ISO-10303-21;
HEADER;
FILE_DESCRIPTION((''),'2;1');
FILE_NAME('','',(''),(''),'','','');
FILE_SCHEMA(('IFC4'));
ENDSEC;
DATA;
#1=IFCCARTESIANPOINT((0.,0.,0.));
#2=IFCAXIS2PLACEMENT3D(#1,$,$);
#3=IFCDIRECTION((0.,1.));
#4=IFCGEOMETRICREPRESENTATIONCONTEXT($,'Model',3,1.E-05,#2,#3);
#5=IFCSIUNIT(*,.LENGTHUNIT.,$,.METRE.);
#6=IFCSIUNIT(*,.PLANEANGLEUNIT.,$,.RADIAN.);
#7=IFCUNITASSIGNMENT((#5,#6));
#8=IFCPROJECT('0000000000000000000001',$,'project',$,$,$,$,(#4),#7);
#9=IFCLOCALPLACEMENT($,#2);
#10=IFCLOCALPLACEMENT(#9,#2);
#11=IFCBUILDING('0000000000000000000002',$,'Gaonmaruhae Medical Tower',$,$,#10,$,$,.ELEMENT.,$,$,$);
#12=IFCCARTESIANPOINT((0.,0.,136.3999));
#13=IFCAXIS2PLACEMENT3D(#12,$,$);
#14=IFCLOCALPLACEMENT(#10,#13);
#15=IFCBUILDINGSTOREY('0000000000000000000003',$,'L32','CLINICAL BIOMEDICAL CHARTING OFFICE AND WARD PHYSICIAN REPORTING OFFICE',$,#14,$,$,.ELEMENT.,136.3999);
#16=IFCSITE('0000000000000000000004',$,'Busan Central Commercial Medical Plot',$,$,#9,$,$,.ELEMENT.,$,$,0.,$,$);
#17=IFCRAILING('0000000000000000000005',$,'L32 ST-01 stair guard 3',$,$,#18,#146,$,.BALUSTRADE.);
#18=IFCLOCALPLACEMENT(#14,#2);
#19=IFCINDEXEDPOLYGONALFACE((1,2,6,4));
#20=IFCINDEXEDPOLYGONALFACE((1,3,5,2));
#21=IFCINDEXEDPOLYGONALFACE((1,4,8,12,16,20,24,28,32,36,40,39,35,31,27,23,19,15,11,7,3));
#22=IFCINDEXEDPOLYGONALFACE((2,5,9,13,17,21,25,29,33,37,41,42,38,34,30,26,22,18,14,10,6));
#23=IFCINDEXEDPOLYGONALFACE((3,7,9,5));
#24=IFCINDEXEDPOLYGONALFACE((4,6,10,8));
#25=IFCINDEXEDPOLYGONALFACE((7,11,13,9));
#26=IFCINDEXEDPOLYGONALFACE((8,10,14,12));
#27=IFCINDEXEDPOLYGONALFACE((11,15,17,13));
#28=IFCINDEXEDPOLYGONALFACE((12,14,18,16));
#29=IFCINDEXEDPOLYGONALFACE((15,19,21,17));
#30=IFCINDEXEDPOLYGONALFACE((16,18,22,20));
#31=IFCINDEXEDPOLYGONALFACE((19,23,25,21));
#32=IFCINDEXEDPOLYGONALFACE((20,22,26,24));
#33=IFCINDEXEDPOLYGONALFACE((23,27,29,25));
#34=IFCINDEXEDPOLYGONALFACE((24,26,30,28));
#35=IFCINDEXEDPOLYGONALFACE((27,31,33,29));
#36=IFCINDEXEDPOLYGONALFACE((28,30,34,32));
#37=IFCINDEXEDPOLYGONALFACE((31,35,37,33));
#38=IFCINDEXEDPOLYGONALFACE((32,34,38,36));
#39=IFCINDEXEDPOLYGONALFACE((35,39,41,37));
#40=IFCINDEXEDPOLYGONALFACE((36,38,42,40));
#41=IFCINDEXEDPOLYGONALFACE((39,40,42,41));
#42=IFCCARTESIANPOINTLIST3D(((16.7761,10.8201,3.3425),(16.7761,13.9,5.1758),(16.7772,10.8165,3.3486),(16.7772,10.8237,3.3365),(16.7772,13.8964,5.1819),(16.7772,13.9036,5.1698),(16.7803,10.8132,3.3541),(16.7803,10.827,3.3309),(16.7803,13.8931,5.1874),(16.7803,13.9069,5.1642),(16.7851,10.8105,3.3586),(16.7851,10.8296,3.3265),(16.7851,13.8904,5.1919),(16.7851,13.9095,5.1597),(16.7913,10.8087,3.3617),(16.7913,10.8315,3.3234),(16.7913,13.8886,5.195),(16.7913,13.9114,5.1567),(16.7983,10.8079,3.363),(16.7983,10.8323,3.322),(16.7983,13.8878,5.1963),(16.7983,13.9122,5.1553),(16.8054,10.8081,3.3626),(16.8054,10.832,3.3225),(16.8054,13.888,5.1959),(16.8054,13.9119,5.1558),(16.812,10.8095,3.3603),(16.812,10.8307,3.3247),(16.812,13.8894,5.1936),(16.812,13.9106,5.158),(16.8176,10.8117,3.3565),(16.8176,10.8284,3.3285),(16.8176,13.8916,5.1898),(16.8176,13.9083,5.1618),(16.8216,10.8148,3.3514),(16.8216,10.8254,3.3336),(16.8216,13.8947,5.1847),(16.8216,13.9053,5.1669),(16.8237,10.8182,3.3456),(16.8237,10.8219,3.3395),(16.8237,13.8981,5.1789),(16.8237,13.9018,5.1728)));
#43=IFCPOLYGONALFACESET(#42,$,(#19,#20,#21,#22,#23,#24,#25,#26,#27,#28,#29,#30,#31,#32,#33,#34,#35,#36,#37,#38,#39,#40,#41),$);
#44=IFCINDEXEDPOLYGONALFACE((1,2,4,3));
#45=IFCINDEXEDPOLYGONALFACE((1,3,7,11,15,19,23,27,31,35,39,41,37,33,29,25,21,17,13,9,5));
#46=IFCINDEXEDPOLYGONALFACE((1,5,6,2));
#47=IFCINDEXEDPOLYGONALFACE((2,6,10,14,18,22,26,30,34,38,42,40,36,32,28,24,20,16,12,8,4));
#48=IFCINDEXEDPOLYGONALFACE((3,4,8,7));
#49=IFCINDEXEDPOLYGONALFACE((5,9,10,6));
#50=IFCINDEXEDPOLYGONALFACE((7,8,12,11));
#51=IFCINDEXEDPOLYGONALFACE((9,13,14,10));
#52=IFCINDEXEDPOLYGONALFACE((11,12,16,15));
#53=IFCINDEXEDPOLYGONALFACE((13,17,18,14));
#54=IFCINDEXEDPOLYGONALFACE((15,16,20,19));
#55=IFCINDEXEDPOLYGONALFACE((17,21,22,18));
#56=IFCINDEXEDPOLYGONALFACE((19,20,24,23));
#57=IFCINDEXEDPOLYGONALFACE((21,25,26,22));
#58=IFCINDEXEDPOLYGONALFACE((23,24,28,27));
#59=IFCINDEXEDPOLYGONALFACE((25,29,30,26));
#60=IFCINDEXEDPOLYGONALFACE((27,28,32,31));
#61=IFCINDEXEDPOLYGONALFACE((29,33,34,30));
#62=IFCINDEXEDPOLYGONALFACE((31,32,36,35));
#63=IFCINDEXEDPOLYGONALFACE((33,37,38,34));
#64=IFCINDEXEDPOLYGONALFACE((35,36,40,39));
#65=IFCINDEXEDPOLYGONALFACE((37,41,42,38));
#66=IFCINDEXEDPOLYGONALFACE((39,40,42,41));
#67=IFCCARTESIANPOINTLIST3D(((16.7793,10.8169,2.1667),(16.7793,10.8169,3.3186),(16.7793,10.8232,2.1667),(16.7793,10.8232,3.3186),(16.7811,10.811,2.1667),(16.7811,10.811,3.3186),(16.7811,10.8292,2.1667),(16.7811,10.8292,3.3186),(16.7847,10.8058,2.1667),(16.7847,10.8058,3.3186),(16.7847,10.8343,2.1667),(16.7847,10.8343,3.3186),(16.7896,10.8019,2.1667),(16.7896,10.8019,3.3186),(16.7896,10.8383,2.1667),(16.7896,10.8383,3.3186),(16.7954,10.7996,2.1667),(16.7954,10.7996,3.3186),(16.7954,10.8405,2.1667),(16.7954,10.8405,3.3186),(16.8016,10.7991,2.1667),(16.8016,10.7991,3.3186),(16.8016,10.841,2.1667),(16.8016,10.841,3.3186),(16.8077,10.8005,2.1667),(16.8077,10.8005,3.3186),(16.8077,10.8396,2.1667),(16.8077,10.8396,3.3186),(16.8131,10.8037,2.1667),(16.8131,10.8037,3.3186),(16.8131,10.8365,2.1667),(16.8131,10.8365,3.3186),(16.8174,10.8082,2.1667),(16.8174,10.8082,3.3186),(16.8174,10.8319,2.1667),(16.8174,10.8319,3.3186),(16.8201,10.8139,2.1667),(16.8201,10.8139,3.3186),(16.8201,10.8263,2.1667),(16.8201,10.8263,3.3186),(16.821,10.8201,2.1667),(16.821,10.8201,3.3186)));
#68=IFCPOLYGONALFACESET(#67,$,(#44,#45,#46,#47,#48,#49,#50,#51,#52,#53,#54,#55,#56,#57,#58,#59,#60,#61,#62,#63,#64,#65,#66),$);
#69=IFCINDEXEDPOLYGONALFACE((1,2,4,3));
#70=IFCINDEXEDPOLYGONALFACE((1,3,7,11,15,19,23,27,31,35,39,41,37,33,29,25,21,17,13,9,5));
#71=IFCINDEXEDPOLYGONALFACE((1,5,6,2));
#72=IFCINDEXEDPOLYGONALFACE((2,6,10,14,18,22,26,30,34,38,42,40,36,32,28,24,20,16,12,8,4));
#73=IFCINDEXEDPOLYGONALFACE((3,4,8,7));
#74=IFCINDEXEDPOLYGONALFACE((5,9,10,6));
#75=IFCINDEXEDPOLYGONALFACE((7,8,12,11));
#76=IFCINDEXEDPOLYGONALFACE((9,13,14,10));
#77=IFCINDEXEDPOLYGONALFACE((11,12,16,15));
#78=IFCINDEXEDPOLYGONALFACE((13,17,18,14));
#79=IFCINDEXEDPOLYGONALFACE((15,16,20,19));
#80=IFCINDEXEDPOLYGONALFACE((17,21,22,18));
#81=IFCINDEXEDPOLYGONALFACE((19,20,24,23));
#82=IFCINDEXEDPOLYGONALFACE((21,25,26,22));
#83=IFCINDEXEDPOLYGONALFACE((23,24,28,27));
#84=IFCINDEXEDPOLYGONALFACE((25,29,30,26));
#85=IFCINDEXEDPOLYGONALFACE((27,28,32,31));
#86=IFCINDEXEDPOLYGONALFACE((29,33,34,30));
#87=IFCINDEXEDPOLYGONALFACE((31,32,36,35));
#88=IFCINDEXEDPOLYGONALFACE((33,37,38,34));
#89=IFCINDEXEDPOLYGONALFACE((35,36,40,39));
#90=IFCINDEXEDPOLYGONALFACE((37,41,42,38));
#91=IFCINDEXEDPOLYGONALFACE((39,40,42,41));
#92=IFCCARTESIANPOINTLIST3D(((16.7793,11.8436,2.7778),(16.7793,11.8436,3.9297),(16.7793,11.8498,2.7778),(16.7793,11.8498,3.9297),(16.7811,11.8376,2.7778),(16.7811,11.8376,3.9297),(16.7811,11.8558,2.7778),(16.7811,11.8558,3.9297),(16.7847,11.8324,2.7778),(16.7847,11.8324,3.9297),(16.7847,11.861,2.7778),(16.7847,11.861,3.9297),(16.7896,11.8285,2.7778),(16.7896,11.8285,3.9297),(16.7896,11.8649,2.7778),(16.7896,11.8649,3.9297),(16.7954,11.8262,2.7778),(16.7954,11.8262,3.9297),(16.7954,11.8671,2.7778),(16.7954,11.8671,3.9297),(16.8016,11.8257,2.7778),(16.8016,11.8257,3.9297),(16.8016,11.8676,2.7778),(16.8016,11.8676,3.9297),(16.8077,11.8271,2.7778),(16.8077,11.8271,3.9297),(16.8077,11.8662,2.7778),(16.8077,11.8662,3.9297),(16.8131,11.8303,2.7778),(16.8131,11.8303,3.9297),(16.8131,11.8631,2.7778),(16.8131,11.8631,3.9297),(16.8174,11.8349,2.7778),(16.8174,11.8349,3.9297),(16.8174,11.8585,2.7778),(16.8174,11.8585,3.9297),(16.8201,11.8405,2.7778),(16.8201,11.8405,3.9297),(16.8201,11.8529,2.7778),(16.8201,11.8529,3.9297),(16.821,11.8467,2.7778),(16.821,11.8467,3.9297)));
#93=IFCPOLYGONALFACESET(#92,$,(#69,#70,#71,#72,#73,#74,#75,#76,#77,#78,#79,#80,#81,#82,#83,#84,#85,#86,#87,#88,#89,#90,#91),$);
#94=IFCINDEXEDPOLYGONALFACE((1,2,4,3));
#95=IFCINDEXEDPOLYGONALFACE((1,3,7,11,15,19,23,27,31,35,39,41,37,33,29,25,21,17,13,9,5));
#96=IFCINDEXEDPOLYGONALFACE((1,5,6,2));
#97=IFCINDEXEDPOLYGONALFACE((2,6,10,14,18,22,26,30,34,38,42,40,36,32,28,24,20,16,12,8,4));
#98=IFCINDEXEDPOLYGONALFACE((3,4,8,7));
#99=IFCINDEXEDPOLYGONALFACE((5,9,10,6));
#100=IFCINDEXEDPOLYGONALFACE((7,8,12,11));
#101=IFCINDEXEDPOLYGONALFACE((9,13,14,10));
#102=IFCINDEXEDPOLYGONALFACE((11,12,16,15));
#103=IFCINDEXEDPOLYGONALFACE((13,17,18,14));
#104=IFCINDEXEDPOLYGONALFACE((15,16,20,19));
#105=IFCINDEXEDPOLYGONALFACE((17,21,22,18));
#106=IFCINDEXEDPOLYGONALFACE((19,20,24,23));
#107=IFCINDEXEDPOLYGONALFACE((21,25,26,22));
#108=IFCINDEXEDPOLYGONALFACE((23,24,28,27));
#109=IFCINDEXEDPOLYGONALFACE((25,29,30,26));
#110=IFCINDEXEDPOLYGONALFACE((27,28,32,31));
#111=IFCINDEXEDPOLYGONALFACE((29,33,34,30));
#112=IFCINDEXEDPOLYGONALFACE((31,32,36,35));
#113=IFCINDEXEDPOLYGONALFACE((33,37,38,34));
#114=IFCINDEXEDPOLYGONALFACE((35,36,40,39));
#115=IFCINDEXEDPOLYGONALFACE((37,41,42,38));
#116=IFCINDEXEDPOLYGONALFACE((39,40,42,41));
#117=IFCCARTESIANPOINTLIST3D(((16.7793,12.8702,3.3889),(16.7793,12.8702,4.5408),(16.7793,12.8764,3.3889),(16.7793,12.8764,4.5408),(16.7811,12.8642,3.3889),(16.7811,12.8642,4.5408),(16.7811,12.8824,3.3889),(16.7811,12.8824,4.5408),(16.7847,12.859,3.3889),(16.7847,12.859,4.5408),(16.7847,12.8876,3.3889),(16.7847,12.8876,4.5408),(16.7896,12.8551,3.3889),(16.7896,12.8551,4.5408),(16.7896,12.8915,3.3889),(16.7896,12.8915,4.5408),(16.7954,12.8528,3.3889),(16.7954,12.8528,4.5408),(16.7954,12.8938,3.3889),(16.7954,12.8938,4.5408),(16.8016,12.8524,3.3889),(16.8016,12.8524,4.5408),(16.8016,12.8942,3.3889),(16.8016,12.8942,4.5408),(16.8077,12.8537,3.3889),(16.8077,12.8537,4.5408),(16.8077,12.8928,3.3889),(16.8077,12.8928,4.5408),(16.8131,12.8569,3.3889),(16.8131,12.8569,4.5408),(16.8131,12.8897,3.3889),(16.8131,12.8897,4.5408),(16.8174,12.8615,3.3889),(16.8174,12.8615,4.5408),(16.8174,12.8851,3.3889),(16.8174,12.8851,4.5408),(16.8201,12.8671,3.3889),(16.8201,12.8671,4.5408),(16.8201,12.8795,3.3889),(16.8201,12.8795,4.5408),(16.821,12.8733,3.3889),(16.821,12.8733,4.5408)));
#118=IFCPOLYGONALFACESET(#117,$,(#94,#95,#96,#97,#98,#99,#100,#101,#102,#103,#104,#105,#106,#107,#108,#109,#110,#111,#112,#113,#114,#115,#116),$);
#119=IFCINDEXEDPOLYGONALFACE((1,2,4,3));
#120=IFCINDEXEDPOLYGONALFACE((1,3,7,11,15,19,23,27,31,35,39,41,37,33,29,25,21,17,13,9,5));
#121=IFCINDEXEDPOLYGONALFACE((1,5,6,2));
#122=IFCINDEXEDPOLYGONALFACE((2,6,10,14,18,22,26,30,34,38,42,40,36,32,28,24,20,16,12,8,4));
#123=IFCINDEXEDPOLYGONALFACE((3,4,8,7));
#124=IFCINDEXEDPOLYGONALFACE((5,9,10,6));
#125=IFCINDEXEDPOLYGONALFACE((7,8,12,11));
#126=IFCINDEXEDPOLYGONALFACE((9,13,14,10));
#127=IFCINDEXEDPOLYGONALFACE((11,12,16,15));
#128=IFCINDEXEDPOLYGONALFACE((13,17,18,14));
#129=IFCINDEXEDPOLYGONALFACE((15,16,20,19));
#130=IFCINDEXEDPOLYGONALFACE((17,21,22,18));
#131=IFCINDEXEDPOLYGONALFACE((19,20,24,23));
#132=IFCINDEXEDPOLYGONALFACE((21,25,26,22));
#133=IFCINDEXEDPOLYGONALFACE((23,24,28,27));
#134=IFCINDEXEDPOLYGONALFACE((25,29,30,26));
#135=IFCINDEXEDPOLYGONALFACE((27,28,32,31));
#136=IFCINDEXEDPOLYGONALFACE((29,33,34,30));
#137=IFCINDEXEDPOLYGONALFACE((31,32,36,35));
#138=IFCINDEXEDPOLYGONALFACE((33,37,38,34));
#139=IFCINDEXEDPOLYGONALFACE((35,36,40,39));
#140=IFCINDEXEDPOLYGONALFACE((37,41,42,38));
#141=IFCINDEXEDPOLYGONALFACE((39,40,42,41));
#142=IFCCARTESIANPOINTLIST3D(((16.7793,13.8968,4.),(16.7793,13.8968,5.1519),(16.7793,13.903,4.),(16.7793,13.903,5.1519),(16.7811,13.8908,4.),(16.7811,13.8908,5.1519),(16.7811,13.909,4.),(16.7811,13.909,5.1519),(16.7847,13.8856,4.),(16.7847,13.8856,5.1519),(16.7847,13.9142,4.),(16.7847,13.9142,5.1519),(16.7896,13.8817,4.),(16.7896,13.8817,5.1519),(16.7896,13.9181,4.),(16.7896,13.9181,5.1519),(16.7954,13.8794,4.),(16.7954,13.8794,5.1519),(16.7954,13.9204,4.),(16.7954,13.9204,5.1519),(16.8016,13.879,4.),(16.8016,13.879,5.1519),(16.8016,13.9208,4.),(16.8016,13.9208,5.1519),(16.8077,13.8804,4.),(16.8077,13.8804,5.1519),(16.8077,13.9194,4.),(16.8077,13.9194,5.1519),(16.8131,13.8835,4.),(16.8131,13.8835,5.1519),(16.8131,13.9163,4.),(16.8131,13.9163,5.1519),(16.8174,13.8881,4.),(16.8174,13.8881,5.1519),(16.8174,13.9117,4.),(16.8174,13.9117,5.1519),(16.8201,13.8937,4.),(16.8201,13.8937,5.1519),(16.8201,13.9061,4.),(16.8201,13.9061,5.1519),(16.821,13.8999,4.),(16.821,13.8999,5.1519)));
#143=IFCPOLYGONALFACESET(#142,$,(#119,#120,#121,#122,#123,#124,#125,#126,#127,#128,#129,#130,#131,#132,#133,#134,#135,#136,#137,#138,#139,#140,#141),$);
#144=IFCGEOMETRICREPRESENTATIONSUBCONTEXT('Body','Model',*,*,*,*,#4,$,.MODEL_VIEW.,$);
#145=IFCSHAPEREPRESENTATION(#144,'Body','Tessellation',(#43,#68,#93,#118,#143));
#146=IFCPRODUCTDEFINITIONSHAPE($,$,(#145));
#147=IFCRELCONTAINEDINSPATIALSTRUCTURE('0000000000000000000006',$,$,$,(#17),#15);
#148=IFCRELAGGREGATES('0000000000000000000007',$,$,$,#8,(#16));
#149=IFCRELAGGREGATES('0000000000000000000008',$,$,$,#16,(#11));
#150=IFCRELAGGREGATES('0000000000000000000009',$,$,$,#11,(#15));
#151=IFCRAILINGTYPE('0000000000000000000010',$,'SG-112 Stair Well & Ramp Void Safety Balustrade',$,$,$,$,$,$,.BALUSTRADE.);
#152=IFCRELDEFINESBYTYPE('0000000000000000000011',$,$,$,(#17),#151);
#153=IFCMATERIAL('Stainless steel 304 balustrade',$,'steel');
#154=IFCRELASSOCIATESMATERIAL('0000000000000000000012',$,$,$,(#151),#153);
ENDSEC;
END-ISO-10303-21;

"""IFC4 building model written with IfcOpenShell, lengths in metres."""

from ifc_helpers import new_model, si_unit, direction, frame, origin, origin_2d, place, context, subcontext, project, spatial, circle, extrude, material, type_object, element, save


model = new_model("IFC4")

# Units and contexts
model_context = context("Model", 3, precision=1e-05, world=origin(), true_north=direction((0.0, 1.0)))
body_context = subcontext(model_context, "Body", "Model", "MODEL_VIEW")
ifc_project = project(units=[si_unit("LENGTHUNIT", "METRE"), si_unit("PLANEANGLEUNIT", "RADIAN")], contexts=[model_context])

# Site, building, storey
site_placement = place(None, origin())
site = spatial("IfcSite", under=ifc_project, at=site_placement, Name="Busan Central Commercial Medical Plot", CompositionType="ELEMENT", RefElevation=0.0)
building_placement = place(site_placement, origin())
building = spatial("IfcBuilding", under=site, at=building_placement, Name="Gaonmaruhae Medical Tower", CompositionType="ELEMENT")
storey_placement = place(building_placement, frame((0.0, 0.0, 136.3999)))
storey = spatial("IfcBuildingStorey", under=building, at=storey_placement, Name="L32", Description="CLINICAL BIOMEDICAL CHARTING OFFICE AND WARD PHYSICIAN REPORTING OFFICE", CompositionType="ELEMENT", Elevation=136.3999)

# Railing
ifc_material_1 = material(Name="Stainless steel 304 balustrade", Category="steel")
railing_type_1 = type_object("IfcRailingType", Name="SG-112 Stair Well & Ramp Void Safety Balustrade", PredefinedType="BALUSTRADE", material=ifc_material_1)
railing_1_placement = place(storey_placement, frame((16.8, 10.8201, 2.1667)))
element("IfcRailing", 1, at=railing_1_placement, inside=storey, type_object=railing_type_1, Name="L32 ST-01 stair guard 3", PredefinedType="BALUSTRADE", context=body_context, shape_type="SweptSolid", body=[
    extrude(circle(Radius=0.0239, at=origin_2d()), frame((0.0, 0.0, 1.1758), z_axis=(0.0, 0.859291, 0.511487), x_axis=(-1.0, 0.0, 0.0)), (0.0, 0.0, 1.0), 3.5842),
    extrude(circle(Radius=0.021, at=origin_2d()), origin(), (0.0, 0.0, 1.0), 1.1519),
    extrude(circle(Radius=0.021, at=origin_2d()), frame((0.0, 1.0266, 0.6111)), (0.0, 0.0, 1.0), 1.1519),
    extrude(circle(Radius=0.021, at=origin_2d()), frame((0.0, 2.0532, 1.2222)), (0.0, 0.0, 1.0), 1.1519),
    extrude(circle(Radius=0.021, at=origin_2d()), frame((0.0, 3.0798, 1.8333)), (0.0, 0.0, 1.0), 1.1519),
])

save(model, "model.ifc")
